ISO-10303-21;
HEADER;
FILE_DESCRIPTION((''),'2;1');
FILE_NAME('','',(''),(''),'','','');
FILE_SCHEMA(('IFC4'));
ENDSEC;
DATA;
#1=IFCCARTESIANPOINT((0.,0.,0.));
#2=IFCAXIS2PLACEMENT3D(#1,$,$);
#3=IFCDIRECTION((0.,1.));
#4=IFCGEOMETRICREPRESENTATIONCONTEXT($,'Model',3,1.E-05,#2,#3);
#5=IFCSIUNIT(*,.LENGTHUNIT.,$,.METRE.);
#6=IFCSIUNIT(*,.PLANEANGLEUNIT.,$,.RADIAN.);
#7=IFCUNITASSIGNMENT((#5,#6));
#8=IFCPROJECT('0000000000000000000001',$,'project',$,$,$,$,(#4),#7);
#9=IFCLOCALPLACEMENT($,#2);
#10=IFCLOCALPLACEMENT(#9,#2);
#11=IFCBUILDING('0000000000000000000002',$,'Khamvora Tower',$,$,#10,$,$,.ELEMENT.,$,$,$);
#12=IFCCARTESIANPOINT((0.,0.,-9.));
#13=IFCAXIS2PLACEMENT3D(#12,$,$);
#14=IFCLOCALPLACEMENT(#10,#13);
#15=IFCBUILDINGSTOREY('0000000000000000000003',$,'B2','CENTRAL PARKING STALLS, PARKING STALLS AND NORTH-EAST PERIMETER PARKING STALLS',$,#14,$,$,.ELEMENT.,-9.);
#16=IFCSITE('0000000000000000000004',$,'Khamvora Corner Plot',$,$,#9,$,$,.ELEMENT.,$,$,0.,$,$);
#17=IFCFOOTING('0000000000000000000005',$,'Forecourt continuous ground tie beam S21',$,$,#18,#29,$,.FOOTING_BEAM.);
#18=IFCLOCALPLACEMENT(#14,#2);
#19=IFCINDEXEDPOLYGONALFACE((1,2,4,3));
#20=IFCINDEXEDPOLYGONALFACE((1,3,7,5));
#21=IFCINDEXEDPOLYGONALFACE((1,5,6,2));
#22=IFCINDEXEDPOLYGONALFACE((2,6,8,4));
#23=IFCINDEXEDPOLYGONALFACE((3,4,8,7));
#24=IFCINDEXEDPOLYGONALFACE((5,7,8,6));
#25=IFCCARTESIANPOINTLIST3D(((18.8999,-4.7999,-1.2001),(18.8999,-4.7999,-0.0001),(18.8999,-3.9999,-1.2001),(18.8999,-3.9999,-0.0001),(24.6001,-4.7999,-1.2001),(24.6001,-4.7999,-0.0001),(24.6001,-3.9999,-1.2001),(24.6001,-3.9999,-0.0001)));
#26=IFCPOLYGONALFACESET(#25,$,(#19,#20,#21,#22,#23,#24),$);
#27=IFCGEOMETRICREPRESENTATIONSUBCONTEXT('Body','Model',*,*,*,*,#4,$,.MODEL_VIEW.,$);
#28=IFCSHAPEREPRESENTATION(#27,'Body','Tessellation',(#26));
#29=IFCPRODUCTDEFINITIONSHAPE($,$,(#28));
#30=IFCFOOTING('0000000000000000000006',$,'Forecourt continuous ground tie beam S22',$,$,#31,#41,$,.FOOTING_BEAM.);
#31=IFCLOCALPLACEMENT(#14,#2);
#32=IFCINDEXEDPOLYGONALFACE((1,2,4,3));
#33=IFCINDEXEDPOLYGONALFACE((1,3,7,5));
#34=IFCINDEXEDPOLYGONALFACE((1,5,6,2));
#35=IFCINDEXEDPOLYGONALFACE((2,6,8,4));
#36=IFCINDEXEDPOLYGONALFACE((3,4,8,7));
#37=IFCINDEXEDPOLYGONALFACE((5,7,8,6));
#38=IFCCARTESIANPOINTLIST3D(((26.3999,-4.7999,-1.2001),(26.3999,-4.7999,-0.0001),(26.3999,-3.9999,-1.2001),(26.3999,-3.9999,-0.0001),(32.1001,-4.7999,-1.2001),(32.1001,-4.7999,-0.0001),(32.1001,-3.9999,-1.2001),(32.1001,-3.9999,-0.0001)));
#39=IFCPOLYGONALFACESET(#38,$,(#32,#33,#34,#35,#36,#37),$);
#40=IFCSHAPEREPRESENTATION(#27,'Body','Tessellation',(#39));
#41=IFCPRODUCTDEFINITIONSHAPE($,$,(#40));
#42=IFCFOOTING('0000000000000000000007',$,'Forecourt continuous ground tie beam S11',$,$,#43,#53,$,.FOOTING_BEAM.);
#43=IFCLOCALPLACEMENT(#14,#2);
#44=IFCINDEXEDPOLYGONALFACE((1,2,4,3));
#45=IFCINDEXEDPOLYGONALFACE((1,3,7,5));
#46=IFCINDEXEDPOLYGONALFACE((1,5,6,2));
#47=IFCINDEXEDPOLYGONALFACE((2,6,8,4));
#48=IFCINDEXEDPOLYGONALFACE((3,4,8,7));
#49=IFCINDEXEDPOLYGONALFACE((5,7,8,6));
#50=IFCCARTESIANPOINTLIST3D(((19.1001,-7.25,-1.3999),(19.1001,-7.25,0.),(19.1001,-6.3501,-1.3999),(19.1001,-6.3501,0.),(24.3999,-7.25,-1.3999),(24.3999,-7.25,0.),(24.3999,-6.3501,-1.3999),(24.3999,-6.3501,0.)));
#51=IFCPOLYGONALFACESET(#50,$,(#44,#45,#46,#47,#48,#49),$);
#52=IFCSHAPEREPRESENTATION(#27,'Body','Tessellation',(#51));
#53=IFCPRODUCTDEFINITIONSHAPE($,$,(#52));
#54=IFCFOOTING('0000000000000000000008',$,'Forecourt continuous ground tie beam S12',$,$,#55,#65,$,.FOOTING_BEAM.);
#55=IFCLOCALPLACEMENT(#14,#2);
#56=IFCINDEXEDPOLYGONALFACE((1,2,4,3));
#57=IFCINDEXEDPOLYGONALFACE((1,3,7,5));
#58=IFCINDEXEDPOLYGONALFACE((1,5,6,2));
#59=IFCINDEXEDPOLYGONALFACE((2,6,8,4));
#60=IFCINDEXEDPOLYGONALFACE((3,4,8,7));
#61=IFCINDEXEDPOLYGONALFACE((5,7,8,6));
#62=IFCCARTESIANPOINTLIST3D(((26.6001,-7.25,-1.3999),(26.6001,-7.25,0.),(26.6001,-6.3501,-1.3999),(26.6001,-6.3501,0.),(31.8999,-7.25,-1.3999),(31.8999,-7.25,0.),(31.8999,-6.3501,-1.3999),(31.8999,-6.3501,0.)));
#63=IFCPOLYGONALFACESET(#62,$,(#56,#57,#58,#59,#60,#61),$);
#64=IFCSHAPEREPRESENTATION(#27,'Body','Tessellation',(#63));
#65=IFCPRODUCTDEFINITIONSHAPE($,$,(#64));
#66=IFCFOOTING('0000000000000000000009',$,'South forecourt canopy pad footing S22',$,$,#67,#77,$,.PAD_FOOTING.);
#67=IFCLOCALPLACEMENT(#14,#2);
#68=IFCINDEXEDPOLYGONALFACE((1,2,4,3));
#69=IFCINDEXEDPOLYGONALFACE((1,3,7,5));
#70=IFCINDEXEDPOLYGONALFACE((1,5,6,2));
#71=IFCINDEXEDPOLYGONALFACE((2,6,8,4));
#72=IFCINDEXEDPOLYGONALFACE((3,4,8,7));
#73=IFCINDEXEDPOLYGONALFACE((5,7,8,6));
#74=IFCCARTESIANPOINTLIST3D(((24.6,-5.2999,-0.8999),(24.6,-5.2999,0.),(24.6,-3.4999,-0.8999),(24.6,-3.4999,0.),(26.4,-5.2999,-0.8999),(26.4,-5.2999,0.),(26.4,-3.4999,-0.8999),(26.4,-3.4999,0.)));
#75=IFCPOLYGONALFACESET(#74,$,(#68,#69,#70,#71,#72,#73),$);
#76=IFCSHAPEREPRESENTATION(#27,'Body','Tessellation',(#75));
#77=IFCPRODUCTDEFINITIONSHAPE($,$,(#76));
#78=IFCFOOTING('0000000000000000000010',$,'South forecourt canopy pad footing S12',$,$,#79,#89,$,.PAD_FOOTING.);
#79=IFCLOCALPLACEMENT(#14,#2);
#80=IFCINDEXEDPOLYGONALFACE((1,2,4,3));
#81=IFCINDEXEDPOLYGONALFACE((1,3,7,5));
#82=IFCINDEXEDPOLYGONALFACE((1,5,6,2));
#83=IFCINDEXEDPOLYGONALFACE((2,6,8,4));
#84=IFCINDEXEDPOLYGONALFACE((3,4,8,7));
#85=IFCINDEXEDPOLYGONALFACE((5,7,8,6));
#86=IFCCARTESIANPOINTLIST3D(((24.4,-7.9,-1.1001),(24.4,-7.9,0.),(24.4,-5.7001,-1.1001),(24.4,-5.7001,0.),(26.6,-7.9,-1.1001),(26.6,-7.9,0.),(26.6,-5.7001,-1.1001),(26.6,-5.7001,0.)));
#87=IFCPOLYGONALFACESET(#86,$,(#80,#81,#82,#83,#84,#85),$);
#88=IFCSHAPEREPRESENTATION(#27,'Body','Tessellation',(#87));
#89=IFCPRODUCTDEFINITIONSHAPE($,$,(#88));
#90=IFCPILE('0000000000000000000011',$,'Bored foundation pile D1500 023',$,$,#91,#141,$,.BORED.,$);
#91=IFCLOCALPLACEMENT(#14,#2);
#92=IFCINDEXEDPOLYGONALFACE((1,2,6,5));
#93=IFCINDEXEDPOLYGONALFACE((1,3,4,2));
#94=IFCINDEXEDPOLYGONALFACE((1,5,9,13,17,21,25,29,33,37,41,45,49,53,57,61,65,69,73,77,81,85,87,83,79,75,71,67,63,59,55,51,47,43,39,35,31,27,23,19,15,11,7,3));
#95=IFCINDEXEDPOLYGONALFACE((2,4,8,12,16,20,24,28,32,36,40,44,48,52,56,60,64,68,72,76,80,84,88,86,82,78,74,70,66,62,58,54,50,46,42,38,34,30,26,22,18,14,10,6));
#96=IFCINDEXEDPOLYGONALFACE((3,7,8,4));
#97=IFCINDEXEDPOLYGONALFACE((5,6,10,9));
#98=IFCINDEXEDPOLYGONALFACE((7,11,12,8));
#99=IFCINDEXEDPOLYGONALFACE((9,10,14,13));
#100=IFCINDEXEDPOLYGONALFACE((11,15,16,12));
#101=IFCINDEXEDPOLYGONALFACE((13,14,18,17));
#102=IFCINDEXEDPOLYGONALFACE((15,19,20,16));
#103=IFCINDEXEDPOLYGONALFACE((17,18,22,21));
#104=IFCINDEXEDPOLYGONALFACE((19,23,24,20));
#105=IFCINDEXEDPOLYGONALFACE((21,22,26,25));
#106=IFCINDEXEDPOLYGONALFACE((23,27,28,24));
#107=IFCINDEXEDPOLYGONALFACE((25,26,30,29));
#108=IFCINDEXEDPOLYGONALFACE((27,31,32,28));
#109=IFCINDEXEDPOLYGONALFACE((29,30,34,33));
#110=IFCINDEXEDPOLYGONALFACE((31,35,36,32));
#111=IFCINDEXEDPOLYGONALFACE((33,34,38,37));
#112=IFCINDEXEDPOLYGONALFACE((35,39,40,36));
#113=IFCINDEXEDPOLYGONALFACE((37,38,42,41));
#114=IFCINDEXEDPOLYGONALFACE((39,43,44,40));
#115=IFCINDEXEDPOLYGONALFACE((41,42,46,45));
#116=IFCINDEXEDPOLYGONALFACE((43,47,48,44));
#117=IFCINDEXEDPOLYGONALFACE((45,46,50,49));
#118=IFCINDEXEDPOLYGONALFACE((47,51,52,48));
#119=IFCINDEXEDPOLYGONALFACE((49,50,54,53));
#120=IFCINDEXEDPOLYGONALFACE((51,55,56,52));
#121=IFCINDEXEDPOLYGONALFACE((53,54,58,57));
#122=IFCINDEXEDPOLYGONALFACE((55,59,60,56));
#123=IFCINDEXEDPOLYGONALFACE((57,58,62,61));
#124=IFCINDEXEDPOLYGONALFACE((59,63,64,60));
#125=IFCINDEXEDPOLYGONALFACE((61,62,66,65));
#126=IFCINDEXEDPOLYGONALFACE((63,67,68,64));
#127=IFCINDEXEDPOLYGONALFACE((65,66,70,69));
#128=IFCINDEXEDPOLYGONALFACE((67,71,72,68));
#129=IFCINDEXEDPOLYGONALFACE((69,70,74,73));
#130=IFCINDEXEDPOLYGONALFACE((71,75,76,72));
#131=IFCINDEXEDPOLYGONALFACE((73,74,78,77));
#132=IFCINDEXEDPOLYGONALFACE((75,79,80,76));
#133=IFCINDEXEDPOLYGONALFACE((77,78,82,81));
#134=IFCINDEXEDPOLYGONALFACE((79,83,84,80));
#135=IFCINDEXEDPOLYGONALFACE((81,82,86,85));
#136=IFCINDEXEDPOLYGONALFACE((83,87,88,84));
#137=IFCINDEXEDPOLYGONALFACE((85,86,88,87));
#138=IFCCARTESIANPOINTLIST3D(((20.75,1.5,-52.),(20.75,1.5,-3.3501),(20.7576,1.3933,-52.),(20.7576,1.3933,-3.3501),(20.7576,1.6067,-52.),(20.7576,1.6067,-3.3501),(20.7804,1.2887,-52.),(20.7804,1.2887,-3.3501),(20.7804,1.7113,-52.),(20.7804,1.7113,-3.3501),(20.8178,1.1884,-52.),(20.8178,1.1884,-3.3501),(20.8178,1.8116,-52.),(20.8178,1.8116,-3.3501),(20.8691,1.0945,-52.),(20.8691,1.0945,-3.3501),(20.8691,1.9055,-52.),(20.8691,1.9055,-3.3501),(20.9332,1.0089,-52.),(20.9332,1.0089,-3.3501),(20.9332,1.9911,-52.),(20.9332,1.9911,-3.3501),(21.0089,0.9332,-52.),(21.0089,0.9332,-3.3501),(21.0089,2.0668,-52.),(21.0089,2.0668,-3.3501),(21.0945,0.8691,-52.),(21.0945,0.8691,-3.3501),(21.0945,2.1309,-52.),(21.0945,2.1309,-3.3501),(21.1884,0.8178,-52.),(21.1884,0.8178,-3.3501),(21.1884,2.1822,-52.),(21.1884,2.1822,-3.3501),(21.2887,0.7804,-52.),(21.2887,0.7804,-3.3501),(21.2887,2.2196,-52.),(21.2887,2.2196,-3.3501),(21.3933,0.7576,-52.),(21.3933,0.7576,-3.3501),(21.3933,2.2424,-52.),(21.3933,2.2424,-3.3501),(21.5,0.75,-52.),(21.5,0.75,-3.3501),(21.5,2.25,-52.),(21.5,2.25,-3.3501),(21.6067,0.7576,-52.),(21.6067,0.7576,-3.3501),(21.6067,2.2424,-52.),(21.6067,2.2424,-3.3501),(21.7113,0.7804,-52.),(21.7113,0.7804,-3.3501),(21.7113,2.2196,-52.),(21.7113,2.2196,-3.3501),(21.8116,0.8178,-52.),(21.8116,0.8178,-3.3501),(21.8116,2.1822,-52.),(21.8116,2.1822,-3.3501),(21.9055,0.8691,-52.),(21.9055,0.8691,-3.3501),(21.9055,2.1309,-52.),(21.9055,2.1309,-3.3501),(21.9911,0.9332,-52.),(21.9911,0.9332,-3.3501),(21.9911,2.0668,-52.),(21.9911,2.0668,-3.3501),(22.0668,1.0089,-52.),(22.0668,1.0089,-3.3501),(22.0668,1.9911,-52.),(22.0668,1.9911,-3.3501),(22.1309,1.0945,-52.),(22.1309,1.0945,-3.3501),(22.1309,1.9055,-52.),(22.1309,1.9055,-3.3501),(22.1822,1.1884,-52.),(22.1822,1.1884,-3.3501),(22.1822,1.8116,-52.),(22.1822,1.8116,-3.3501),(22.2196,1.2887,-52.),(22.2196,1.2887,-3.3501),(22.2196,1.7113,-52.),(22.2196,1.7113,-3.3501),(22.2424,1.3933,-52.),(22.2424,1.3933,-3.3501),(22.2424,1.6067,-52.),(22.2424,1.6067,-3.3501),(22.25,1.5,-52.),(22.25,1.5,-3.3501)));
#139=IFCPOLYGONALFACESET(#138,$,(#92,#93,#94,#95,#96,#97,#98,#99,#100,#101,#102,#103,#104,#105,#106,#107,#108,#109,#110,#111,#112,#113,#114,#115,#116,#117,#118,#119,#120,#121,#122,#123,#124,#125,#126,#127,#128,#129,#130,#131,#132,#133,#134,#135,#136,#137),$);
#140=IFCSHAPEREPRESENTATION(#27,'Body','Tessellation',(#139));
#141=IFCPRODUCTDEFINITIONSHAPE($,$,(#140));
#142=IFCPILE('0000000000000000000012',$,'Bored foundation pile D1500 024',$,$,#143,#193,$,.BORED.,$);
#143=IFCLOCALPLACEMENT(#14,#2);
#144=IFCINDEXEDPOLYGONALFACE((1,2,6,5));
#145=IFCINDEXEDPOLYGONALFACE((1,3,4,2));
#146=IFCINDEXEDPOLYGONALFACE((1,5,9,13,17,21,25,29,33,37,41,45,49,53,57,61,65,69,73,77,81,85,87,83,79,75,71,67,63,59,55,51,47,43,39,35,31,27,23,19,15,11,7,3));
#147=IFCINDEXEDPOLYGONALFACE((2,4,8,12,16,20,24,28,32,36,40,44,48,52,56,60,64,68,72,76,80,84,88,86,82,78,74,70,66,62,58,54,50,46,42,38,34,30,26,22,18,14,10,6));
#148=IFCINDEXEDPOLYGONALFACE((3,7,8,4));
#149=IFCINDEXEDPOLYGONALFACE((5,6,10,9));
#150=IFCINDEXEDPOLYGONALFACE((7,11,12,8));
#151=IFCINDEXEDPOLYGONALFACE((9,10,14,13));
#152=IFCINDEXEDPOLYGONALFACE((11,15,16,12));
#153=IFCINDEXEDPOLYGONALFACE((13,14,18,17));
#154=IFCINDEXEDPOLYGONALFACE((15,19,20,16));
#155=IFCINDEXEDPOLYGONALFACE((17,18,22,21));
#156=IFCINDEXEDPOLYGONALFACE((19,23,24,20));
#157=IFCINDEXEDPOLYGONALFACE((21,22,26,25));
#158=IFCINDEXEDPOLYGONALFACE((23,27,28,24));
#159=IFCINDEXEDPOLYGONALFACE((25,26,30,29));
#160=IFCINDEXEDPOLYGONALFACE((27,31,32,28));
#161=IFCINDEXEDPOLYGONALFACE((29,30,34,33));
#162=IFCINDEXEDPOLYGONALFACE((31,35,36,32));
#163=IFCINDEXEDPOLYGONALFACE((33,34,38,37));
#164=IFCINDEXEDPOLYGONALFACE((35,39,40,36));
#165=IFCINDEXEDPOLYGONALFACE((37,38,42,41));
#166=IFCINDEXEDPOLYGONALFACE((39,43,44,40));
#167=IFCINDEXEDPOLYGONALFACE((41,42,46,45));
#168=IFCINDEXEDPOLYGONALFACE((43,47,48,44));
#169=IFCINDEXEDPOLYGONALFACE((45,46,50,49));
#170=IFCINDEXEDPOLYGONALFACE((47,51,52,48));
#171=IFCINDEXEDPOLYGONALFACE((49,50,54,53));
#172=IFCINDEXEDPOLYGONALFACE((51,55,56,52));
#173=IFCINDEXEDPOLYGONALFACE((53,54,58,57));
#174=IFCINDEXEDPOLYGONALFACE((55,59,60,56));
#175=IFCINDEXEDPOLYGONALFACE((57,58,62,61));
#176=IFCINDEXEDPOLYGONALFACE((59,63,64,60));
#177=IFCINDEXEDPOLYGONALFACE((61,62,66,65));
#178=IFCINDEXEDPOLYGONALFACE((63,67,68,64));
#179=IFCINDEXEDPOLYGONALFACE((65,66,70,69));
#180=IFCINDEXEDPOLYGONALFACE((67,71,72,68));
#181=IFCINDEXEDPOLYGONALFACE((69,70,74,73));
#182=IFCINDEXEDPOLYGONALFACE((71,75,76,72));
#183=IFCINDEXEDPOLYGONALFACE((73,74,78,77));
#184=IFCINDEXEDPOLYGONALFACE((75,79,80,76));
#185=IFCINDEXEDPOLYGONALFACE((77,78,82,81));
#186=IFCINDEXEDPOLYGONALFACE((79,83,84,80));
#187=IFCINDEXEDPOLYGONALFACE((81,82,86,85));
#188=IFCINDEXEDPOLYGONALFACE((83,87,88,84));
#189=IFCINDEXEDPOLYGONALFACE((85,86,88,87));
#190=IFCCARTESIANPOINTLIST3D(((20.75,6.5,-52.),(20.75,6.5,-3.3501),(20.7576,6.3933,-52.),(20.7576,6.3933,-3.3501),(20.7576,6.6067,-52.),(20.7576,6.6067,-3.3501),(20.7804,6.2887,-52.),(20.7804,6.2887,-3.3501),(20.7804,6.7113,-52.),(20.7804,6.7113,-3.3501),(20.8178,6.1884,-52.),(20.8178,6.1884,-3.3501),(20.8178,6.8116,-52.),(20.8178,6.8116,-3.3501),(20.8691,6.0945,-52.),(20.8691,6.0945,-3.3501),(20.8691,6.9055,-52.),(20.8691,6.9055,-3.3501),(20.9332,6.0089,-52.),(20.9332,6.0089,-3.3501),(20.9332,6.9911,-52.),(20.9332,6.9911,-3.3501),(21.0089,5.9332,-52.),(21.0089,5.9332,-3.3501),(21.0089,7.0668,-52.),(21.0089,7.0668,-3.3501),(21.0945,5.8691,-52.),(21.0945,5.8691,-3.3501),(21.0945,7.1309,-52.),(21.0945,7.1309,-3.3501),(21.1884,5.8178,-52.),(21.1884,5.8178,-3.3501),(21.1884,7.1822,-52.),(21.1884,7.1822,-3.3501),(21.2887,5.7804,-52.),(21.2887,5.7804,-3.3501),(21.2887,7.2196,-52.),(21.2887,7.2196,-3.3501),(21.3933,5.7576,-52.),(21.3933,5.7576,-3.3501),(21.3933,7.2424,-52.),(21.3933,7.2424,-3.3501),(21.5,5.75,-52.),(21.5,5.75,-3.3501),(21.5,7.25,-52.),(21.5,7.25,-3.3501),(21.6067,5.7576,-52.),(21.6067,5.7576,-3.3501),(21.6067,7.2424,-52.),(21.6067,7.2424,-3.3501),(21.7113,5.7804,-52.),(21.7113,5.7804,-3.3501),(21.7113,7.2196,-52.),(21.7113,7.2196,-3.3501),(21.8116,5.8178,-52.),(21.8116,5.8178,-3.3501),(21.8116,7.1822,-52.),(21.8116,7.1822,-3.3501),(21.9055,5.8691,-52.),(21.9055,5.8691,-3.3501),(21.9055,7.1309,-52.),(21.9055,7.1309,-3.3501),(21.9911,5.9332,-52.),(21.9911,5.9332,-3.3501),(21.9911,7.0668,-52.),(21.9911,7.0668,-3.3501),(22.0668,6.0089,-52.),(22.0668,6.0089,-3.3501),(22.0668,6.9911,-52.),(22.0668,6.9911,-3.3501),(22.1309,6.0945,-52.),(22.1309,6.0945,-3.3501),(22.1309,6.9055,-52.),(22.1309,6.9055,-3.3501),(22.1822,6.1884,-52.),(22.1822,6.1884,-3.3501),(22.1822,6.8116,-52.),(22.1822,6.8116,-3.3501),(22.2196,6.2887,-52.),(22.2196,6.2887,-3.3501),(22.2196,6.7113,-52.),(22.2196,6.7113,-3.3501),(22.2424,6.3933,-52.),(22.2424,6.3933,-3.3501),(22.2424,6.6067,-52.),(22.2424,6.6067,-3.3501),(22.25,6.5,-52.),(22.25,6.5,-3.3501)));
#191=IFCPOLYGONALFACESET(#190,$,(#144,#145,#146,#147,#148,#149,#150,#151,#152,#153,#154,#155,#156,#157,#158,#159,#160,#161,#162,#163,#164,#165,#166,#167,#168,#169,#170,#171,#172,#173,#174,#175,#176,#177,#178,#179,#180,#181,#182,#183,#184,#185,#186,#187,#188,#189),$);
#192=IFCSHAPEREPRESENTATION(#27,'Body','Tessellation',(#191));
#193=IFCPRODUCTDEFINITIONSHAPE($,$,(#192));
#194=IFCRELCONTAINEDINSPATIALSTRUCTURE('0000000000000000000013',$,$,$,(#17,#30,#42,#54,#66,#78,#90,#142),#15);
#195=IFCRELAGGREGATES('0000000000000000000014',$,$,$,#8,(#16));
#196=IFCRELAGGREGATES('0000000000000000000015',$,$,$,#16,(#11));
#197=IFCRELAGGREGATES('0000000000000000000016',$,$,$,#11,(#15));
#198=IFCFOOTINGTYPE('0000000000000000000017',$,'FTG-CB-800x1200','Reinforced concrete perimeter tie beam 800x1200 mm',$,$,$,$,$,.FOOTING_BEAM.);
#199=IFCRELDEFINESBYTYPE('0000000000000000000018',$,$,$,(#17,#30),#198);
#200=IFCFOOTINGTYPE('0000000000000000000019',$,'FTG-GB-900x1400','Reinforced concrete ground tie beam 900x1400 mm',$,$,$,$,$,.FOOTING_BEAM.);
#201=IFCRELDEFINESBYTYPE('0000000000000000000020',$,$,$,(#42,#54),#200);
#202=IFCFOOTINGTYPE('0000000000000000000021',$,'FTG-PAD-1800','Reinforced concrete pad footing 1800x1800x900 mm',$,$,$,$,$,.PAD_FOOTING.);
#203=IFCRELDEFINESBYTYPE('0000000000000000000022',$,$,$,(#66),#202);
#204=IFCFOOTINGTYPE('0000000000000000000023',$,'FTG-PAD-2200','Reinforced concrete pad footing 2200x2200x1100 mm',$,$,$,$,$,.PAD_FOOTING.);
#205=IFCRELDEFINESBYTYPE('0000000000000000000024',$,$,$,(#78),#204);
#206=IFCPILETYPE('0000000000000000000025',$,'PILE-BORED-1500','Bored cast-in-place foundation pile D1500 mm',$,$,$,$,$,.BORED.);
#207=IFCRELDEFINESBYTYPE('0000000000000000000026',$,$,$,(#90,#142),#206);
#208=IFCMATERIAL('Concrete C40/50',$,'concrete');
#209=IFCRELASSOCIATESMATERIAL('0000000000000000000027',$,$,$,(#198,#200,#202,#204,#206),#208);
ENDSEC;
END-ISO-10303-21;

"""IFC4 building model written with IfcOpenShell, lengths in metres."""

from ifc_helpers import new_model, si_unit, direction, frame, origin, origin_2d, place, context, subcontext, project, spatial, rectangle, circle, extrude, material, material_profile, profile_set, type_object, element, save


model = new_model("IFC4")

# Units and contexts
model_context = context("Model", 3, precision=1e-05, world=origin(), true_north=direction((0.0, 1.0)))
body_context = subcontext(model_context, "Body", "Model", "MODEL_VIEW")
ifc_project = project(units=[si_unit("LENGTHUNIT", "METRE"), si_unit("PLANEANGLEUNIT", "RADIAN")], contexts=[model_context])

# Site, building, storey
site_placement = place(None, origin())
site = spatial("IfcSite", under=ifc_project, at=site_placement, Name="Khamvora Corner Plot", CompositionType="ELEMENT", RefElevation=0.0)
building_placement = place(site_placement, origin())
building = spatial("IfcBuilding", under=site, at=building_placement, Name="Khamvora Tower", CompositionType="ELEMENT")
storey_placement = place(building_placement, frame((0.0, 0.0, -9.0)))
storey = spatial("IfcBuildingStorey", under=building, at=storey_placement, Name="B2", Description="CENTRAL PARKING STALLS, PARKING STALLS AND NORTH-EAST PERIMETER PARKING STALLS", CompositionType="ELEMENT", Elevation=-9.0)

# Footings
ifc_material_1 = material(Name="Concrete C40/50", Category="concrete")
ifc_material_profile_1 = material_profile(ifc_material_1, rectangle(XDim=0.8, YDim=1.2, at=origin_2d()), Name="CB800x1200")
ifc_profile_set_1 = profile_set([ifc_material_profile_1], Name="Concrete C40/50")
footing_type_1 = type_object("IfcFootingType", Name="FTG-CB-800x1200", Description="Reinforced concrete perimeter tie beam 800x1200 mm", PredefinedType="FOOTING_BEAM", material=ifc_profile_set_1)
for number, where, z_axis, x_axis, name in (
    (1, (18.8999, -4.3999, -0.6001), (1.0, 0.0, 0.0), (0.0, 1.0, 0.0), "Forecourt continuous ground tie beam S21"),
    (2, (26.3999, -4.3999, -0.6001), (1.0, 0.0, 0.0), (0.0, 1.0, 0.0), "Forecourt continuous ground tie beam S22"),
):
    element("IfcFooting", number, at=place(storey_placement, frame(where, z_axis=z_axis, x_axis=x_axis)), inside=storey, type_object=footing_type_1, Name=name, PredefinedType="FOOTING_BEAM", context=body_context, shape_type="SweptSolid", body=[
        extrude(rectangle(XDim=0.8, YDim=1.2, at=origin_2d()), origin(), (0.0, 0.0, 1.0), 5.7002),
    ])
ifc_material_profile_2 = material_profile(ifc_material_1, rectangle(XDim=0.8999, YDim=1.3999, at=origin_2d()), Name="GB900x1400")
ifc_profile_set_2 = profile_set([ifc_material_profile_2], Name="Concrete C40/50")
footing_type_2 = type_object("IfcFootingType", Name="FTG-GB-900x1400", Description="Reinforced concrete ground tie beam 900x1400 mm", PredefinedType="FOOTING_BEAM", material=ifc_profile_set_2)
for number, where, z_axis, x_axis, name in (
    (3, (19.1001, -6.8, -0.7), (1.0, 0.0, 0.0), (0.0, 1.0, 0.0), "Forecourt continuous ground tie beam S11"),
    (4, (26.6001, -6.8, -0.7), (1.0, 0.0, 0.0), (0.0, 1.0, 0.0), "Forecourt continuous ground tie beam S12"),
):
    element("IfcFooting", number, at=place(storey_placement, frame(where, z_axis=z_axis, x_axis=x_axis)), inside=storey, type_object=footing_type_2, Name=name, PredefinedType="FOOTING_BEAM", context=body_context, shape_type="SweptSolid", body=[
        extrude(rectangle(XDim=0.8999, YDim=1.3999, at=origin_2d()), origin(), (0.0, 0.0, 1.0), 5.2998),
    ])
footing_type_3 = type_object("IfcFootingType", Name="FTG-PAD-1800", Description="Reinforced concrete pad footing 1800x1800x900 mm", PredefinedType="PAD_FOOTING", material=ifc_material_1)
footing_1_placement = place(storey_placement, frame((25.5, -4.3999, -0.8999), z_axis=(0.0, 0.0, 1.0), x_axis=(1.0, 0.0, 0.0)))
element("IfcFooting", 5, at=footing_1_placement, inside=storey, type_object=footing_type_3, Name="South forecourt canopy pad footing S22", PredefinedType="PAD_FOOTING", context=body_context, shape_type="SweptSolid", body=[
    extrude(rectangle(XDim=1.8, YDim=1.8, at=origin_2d()), origin(), (0.0, 0.0, 1.0), 0.8999),
])
footing_type_4 = type_object("IfcFootingType", Name="FTG-PAD-2200", Description="Reinforced concrete pad footing 2200x2200x1100 mm", PredefinedType="PAD_FOOTING", material=ifc_material_1)
footing_2_placement = place(storey_placement, frame((25.5, -6.8, -1.1001), z_axis=(0.0, 0.0, 1.0), x_axis=(1.0, 0.0, 0.0)))
element("IfcFooting", 6, at=footing_2_placement, inside=storey, type_object=footing_type_4, Name="South forecourt canopy pad footing S12", PredefinedType="PAD_FOOTING", context=body_context, shape_type="SweptSolid", body=[
    extrude(rectangle(XDim=2.2, YDim=2.2, at=origin_2d()), origin(), (0.0, 0.0, 1.0), 1.1001),
])

# Piles
ifc_material_profile_3 = material_profile(ifc_material_1, circle(Radius=0.75, at=origin_2d()), Name="PILE_D1500")
ifc_profile_set_3 = profile_set([ifc_material_profile_3], Name="Concrete C40/50")
pile_type = type_object("IfcPileType", Name="PILE-BORED-1500", Description="Bored cast-in-place foundation pile D1500 mm", PredefinedType="BORED", material=ifc_profile_set_3)
for number, where, z_axis, x_axis, name in (
    (7, (21.5, 1.5, -3.3501), (0.0, 0.0, -1.0), (1.0, 0.0, 0.0), "Bored foundation pile D1500 023"),
    (8, (21.5, 6.5, -3.3501), (0.0, 0.0, -1.0), (1.0, 0.0, 0.0), "Bored foundation pile D1500 024"),
):
    element("IfcPile", number, at=place(storey_placement, frame(where, z_axis=z_axis, x_axis=x_axis)), inside=storey, type_object=pile_type, Name=name, PredefinedType="BORED", context=body_context, shape_type="SweptSolid", body=[
        extrude(circle(Radius=0.75, at=origin_2d()), origin(), (0.0, 0.0, 1.0), 48.6499),
    ])

save(model, "model.ifc")
